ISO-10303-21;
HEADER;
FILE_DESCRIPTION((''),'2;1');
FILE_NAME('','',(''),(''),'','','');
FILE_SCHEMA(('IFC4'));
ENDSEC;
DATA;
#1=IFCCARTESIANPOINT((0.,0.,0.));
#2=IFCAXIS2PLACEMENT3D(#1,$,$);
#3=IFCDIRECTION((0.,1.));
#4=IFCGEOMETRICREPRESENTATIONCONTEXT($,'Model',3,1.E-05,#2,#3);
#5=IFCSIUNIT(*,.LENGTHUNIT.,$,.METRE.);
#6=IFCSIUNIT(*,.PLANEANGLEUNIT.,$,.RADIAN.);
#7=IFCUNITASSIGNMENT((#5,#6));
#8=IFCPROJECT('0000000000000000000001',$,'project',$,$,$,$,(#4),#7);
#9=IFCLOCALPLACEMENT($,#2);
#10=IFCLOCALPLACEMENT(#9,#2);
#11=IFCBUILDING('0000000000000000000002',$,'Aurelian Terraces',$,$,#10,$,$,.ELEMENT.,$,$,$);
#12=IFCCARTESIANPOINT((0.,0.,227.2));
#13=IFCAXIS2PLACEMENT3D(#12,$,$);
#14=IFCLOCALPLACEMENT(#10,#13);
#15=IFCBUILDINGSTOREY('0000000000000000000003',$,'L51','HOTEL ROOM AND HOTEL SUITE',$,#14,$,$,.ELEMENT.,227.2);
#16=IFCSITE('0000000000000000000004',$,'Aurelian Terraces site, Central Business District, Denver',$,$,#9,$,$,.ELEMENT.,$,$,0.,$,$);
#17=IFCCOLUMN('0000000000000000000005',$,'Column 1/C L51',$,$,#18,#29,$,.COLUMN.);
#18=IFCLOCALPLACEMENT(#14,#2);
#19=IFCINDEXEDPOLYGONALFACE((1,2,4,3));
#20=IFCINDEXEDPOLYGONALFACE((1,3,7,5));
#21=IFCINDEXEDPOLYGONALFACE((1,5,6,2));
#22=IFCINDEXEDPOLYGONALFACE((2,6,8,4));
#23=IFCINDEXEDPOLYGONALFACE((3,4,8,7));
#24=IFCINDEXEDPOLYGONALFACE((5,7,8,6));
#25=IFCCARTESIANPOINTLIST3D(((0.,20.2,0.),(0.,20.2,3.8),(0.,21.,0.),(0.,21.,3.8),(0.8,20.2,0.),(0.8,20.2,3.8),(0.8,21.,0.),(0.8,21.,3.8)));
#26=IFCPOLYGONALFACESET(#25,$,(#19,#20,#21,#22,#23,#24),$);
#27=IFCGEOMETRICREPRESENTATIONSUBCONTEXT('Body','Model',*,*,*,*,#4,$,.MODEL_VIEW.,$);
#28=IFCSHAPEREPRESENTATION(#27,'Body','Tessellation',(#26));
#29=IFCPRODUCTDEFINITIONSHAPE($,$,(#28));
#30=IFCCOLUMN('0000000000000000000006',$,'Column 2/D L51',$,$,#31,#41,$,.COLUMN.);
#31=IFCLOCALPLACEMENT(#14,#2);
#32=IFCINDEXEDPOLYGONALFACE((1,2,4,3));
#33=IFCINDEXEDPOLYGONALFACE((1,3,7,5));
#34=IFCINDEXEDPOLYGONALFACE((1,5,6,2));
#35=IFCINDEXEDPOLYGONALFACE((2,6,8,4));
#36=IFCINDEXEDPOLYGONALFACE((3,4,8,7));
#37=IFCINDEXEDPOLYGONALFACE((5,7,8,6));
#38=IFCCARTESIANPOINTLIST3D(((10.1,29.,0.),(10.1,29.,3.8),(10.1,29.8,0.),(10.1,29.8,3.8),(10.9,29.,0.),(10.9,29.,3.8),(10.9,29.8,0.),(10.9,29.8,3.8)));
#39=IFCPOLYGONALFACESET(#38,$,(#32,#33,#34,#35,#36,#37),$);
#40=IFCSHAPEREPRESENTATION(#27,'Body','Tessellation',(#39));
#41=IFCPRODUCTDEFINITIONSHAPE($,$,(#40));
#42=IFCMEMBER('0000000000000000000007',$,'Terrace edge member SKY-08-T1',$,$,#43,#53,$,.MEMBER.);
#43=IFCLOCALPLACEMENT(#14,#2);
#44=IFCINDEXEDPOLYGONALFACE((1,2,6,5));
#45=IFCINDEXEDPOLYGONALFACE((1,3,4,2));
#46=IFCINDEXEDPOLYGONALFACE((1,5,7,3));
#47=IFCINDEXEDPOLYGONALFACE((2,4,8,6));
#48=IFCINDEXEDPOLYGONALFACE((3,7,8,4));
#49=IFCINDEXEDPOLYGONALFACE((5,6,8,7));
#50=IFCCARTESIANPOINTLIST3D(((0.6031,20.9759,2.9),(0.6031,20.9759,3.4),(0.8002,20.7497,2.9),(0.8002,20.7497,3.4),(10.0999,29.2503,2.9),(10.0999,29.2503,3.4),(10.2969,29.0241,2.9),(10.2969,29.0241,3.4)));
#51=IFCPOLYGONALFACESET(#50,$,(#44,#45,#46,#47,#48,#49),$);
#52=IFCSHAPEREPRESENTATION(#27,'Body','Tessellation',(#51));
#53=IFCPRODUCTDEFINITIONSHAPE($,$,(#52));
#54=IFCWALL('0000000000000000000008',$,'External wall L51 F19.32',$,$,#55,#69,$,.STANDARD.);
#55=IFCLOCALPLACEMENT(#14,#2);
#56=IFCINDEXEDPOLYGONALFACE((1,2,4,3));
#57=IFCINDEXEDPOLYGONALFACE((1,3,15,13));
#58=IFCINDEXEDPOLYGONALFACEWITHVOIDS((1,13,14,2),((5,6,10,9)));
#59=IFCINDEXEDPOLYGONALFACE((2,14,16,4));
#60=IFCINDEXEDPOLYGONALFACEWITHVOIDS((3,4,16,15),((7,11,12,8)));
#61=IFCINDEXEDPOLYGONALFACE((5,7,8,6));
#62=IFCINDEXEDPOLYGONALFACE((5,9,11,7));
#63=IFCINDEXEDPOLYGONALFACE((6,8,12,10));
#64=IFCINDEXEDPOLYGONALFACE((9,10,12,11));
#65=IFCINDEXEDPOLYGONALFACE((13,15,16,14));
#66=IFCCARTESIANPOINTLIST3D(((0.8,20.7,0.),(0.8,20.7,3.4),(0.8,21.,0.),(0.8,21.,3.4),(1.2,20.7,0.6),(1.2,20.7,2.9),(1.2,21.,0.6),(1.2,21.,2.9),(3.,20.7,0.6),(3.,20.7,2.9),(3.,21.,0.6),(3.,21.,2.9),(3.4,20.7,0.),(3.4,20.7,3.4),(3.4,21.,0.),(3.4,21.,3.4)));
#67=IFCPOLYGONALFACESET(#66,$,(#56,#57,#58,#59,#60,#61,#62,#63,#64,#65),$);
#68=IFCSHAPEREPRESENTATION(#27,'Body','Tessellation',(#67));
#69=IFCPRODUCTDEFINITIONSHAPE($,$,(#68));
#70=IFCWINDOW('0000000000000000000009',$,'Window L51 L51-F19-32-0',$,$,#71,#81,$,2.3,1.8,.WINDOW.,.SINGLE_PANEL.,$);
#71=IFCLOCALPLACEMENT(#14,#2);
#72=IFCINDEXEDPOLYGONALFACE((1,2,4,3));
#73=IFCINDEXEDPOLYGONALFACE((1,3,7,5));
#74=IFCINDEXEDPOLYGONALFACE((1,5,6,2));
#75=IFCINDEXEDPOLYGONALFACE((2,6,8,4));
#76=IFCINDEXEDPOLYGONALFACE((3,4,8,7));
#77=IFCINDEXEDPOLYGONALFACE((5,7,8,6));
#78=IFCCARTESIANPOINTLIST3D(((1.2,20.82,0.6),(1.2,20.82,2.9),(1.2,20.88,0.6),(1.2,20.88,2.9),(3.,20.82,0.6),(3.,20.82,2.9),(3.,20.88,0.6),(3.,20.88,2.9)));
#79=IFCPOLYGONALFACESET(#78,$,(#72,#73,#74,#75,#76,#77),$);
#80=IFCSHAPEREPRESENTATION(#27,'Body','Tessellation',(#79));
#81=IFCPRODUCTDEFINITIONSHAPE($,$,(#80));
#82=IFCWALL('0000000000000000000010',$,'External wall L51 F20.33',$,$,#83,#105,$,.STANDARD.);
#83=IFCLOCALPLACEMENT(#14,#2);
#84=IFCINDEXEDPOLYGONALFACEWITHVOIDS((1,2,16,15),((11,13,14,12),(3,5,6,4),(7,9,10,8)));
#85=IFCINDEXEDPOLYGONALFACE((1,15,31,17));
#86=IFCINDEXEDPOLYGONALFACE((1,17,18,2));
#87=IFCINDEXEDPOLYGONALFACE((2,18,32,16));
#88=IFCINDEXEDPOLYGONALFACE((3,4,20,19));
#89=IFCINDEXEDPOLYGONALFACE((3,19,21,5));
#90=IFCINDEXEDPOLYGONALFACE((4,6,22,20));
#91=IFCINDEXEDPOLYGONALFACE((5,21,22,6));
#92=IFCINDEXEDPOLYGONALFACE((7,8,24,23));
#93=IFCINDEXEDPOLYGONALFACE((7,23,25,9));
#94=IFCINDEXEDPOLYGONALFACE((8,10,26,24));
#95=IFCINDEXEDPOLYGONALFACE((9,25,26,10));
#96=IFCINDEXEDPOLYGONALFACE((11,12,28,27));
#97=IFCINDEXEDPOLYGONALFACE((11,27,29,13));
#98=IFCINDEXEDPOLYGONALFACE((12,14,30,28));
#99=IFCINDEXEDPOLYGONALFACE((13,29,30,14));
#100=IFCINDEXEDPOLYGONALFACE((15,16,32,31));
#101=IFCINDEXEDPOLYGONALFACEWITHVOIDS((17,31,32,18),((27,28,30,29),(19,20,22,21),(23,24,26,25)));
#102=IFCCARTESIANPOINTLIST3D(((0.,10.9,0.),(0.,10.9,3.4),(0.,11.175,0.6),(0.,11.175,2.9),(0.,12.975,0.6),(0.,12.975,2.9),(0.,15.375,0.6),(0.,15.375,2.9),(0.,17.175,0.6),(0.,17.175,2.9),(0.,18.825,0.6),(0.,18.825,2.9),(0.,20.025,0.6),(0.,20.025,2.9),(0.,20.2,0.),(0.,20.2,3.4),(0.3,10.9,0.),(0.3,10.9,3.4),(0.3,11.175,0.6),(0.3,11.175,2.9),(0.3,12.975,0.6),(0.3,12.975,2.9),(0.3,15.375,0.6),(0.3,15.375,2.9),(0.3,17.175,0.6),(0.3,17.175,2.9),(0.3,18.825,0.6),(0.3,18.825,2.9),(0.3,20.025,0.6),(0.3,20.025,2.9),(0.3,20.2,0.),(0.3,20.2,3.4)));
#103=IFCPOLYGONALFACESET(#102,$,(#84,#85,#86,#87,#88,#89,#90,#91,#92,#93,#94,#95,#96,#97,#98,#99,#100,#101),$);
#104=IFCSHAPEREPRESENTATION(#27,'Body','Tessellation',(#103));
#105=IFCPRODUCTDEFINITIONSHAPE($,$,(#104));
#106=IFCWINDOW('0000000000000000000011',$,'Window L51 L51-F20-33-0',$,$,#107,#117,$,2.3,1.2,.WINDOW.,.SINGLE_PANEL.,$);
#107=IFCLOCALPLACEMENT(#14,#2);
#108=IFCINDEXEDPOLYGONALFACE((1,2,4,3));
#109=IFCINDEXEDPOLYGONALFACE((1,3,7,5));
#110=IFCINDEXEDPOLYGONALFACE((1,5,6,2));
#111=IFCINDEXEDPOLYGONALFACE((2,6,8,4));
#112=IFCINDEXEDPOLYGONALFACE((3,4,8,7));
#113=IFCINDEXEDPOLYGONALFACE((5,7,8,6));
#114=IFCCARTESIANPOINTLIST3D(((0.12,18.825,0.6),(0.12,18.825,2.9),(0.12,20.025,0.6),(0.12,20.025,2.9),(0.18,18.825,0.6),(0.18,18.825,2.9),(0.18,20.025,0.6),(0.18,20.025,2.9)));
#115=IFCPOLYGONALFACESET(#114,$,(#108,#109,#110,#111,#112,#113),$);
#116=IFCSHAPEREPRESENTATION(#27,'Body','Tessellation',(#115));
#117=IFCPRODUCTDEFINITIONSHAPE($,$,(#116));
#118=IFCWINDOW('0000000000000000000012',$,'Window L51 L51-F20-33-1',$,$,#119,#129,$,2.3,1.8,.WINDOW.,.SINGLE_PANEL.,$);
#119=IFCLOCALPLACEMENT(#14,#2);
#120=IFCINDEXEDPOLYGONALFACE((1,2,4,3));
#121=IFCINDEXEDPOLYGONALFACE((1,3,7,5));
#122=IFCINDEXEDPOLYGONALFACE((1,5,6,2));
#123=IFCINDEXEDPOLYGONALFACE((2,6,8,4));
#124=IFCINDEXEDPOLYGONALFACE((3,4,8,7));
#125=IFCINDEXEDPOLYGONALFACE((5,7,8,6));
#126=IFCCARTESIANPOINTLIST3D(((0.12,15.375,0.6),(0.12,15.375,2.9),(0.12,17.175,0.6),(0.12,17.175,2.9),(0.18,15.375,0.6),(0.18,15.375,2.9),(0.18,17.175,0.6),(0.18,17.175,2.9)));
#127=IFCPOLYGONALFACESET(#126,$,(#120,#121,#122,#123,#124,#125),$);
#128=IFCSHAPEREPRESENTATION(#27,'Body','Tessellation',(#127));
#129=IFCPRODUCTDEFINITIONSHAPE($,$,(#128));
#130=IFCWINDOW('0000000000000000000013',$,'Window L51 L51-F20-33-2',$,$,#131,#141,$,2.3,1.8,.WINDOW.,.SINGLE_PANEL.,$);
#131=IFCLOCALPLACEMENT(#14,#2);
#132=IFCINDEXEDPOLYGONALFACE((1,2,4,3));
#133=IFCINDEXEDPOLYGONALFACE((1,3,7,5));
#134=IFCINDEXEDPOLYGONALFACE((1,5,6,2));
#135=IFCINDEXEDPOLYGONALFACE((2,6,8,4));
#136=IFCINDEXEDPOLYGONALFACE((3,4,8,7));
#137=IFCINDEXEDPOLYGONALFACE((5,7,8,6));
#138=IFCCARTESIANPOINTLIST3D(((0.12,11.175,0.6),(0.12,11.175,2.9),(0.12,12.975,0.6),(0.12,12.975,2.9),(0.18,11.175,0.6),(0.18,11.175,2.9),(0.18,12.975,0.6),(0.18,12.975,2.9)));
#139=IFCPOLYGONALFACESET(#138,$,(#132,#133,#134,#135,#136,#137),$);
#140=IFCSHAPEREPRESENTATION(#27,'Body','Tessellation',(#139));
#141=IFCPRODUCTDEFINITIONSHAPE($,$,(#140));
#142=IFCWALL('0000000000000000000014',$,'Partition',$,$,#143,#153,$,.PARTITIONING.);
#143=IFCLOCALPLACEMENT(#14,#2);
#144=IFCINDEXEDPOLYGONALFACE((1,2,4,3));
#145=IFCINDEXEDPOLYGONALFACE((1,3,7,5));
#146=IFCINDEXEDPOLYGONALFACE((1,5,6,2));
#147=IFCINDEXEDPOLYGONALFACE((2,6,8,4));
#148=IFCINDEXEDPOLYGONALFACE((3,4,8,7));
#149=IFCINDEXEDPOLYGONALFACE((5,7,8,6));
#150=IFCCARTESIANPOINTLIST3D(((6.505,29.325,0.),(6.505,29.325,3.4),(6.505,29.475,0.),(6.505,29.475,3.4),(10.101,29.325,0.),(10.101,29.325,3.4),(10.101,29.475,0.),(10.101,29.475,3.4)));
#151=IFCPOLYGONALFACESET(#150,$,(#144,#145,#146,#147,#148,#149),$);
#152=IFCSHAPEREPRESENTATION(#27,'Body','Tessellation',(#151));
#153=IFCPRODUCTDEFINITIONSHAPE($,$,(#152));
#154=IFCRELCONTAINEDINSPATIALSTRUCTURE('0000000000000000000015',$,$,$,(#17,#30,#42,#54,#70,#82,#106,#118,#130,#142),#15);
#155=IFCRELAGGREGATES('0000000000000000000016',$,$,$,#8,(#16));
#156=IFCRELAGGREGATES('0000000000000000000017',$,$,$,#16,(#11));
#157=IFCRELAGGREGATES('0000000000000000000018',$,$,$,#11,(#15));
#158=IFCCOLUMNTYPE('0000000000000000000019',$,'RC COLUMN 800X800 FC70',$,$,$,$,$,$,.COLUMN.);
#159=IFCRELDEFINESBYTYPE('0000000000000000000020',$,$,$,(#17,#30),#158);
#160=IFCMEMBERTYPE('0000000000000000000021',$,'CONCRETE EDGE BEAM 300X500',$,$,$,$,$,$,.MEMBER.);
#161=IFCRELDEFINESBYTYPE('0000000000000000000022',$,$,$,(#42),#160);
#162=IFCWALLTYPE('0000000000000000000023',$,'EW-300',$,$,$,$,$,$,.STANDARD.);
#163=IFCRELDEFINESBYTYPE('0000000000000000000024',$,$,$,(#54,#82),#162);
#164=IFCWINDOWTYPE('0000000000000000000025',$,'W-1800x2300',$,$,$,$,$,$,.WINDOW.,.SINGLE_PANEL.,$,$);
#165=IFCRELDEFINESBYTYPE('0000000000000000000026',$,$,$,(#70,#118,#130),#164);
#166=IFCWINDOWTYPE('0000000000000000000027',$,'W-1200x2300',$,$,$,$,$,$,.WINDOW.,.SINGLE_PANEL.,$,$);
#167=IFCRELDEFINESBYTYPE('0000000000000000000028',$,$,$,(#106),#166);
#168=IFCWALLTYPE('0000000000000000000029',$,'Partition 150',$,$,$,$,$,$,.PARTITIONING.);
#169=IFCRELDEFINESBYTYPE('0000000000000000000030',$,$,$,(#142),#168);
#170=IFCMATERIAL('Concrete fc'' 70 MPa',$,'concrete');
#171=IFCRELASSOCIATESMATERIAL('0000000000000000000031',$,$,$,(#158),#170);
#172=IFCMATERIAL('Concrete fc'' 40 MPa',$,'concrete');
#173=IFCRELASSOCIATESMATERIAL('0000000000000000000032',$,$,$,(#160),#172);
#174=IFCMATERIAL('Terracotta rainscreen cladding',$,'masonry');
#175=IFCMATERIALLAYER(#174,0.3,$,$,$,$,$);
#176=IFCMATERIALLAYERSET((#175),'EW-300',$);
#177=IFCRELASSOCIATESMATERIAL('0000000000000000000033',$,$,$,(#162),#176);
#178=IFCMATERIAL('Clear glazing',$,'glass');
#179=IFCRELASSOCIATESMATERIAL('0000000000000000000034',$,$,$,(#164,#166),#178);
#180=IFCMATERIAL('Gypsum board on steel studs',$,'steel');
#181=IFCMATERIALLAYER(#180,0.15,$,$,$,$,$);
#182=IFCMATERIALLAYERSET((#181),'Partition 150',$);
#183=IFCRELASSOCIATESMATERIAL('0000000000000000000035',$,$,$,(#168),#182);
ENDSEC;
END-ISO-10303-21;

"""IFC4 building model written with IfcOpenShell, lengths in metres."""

from ifc_helpers import new_model, si_unit, direction, frame, frame_2d, origin, origin_2d, place, context, subcontext, project, spatial, rectangle, extrude, source, transform, mapped, material, layer, layer_set, material_profile, profile_set, type_object, element, fill, save


model = new_model("IFC4")

# Units and contexts
model_context = context("Model", 3, precision=1e-05, world=origin(), true_north=direction((0.0, 1.0)))
body_context = subcontext(model_context, "Body", "Model", "MODEL_VIEW")
ifc_project = project(units=[si_unit("LENGTHUNIT", "METRE"), si_unit("PLANEANGLEUNIT", "RADIAN")], contexts=[model_context])

# Site, building, storey
site_placement = place(None, origin())
site = spatial("IfcSite", under=ifc_project, at=site_placement, Name="Aurelian Terraces site, Central Business District, Denver", CompositionType="ELEMENT", RefElevation=0.0)
building_placement = place(site_placement, origin())
building = spatial("IfcBuilding", under=site, at=building_placement, Name="Aurelian Terraces", CompositionType="ELEMENT")
storey_placement = place(building_placement, frame((0.0, 0.0, 227.2)))
storey = spatial("IfcBuildingStorey", under=building, at=storey_placement, Name="L51", Description="HOTEL ROOM AND HOTEL SUITE", CompositionType="ELEMENT", Elevation=227.2)

# Columns
ifc_material_1 = material(Name="Concrete fc' 70 MPa", Category="concrete")
ifc_material_profile_1 = material_profile(ifc_material_1, rectangle(XDim=0.8, YDim=0.8, at=origin_2d()))
ifc_profile_set_1 = profile_set([ifc_material_profile_1], Name="Concrete fc' 70 MPa")
column_type = type_object("IfcColumnType", Name="RC COLUMN 800X800 FC70", PredefinedType="COLUMN", material=ifc_profile_set_1)
shared_shape_1 = source(origin(), body_context, "Body", "SweptSolid", [
    extrude(rectangle(XDim=0.8, YDim=0.8, at=origin_2d()), origin(), (0.0, 0.0, 1.0), 3.8),
])
for number, where, z_axis, x_axis, name in (
    (1, (0.4, 20.6, 0.0), (0.0, 0.0, 1.0), (1.0, 0.0, 0.0), "Column 1/C L51"),
    (2, (10.5, 29.4, 0.0), (0.0, 0.0, 1.0), (1.0, 0.0, 0.0), "Column 2/D L51"),
):
    element("IfcColumn", number, at=place(storey_placement, frame(where, z_axis=z_axis, x_axis=x_axis)), inside=storey, type_object=column_type, Name=name, PredefinedType="COLUMN", context=body_context, shape_type="MappedRepresentation", body=[
        mapped(shared_shape_1, transform((0.0, 0.0, 0.0), scale=1.0)),
    ])

# Member
ifc_material_2 = material(Name="Concrete fc' 40 MPa", Category="concrete")
ifc_material_profile_2 = material_profile(ifc_material_2, rectangle(XDim=0.3, YDim=0.5, at=origin_2d()))
ifc_profile_set_2 = profile_set([ifc_material_profile_2], Name="Concrete fc' 40 MPa")
member_type = type_object("IfcMemberType", Name="CONCRETE EDGE BEAM 300X500", PredefinedType="MEMBER", material=ifc_profile_set_2)
member_placement = place(storey_placement, frame((10.1984, 29.1372, 3.15), z_axis=(-0.753964, -0.656916, 0.0), x_axis=(0.656916, -0.753964, 0.0)))
element("IfcMember", 3, at=member_placement, inside=storey, type_object=member_type, Name="Terrace edge member SKY-08-T1", PredefinedType="MEMBER", context=body_context, shape_type="SweptSolid", body=[
    extrude(rectangle(XDim=0.3, YDim=0.5, at=origin_2d()), origin(), (0.0, 0.0, 1.0), 12.5958),
])

# Wall, opening, window
ifc_material_3 = material(Name="Terracotta rainscreen cladding", Category="masonry")
ifc_layer_1 = layer(ifc_material_3, 0.3)
ifc_layer_set_1 = layer_set([ifc_layer_1], Name="EW-300")
wall_type_1 = type_object("IfcWallType", Name="EW-300", PredefinedType="STANDARD", material=ifc_layer_set_1)
wall_1_placement = place(storey_placement, frame((3.4, 20.85, 0.0), z_axis=(0.0, 0.0, 1.0), x_axis=(-1.0, 0.0, 0.0)))
wall_1 = element("IfcWall", 4, at=wall_1_placement, inside=storey, type_object=wall_type_1, Name="External wall L51 F19.32", PredefinedType="STANDARD", context=body_context, shape_type="SweptSolid", body=[
    extrude(rectangle(XDim=2.6, YDim=0.3, at=frame_2d((1.3, 0.0))), origin(), (0.0, 0.0, 1.0), 3.4),
])
shared_shape_2 = source(origin(), body_context, "Body", "SweptSolid", [
    extrude(rectangle(XDim=1.8, YDim=2.3, at=frame_2d((0.9, 1.15))), frame((0.0, 0.16, 0.0), z_axis=(0.0, -1.0, 0.0), x_axis=(1.0, 0.0, 0.0)), (0.0, 0.0, 1.0), 0.32),
])
opening_1_placement = place(wall_1_placement, frame((0.4, 0.0, 0.6)))
opening_1 = element("IfcOpeningElement", 5, at=opening_1_placement, cuts=wall_1, PredefinedType="OPENING", context=body_context, shape_type="MappedRepresentation", body=[
    mapped(shared_shape_2, transform((0.0, 0.0, 0.0), scale=1.0)),
])
ifc_material_4 = material(Name="Clear glazing", Category="glass")
window_type_1 = type_object("IfcWindowType", Name="W-1800x2300", PartitioningType="SINGLE_PANEL", PredefinedType="WINDOW", material=ifc_material_4)
shared_shape_3 = source(origin(), body_context, "Body", "SweptSolid", [
    extrude(rectangle(XDim=1.8, YDim=2.3, at=frame_2d((0.9, 1.15))), frame((0.0, 0.03, 0.0), z_axis=(0.0, -1.0, 0.0), x_axis=(1.0, 0.0, 0.0)), (0.0, 0.0, 1.0), 0.06),
])
window_1_placement = place(opening_1_placement, origin())
window_1 = element("IfcWindow", 6, at=window_1_placement, inside=storey, type_object=window_type_1, Name="Window L51 L51-F19-32-0", OverallHeight=2.3, OverallWidth=1.8, PartitioningType="SINGLE_PANEL", PredefinedType="WINDOW", context=body_context, shape_type="MappedRepresentation", body=[
    mapped(shared_shape_3, transform((0.0, 0.0, 0.0), scale=1.0)),
])
fill(opening_1, window_1)

# Wall, openings, windows
wall_2_placement = place(storey_placement, frame((0.15, 20.2, 0.0), z_axis=(0.0, 0.0, 1.0), x_axis=(0.0, -1.0, 0.0)))
wall_2 = element("IfcWall", 7, at=wall_2_placement, inside=storey, type_object=wall_type_1, Name="External wall L51 F20.33", PredefinedType="STANDARD", context=body_context, shape_type="SweptSolid", body=[
    extrude(rectangle(XDim=9.3, YDim=0.3, at=frame_2d((4.65, 0.0))), origin(), (0.0, 0.0, 1.0), 3.4),
])
shared_shape_4 = source(origin(), body_context, "Body", "SweptSolid", [
    extrude(rectangle(XDim=1.2, YDim=2.3, at=frame_2d((0.6, 1.15))), frame((0.0, 0.16, 0.0), z_axis=(0.0, -1.0, 0.0), x_axis=(1.0, 0.0, 0.0)), (0.0, 0.0, 1.0), 0.32),
])
opening_2_placement = place(wall_2_placement, frame((0.175, 0.0, 0.6)))
opening_2 = element("IfcOpeningElement", 8, at=opening_2_placement, cuts=wall_2, PredefinedType="OPENING", context=body_context, shape_type="MappedRepresentation", body=[
    mapped(shared_shape_4, transform((0.0, 0.0, 0.0), scale=1.0)),
])
opening_3_placement = place(wall_2_placement, frame((3.025, 0.0, 0.6)))
opening_3 = element("IfcOpeningElement", 9, at=opening_3_placement, cuts=wall_2, PredefinedType="OPENING", context=body_context, shape_type="MappedRepresentation", body=[
    mapped(shared_shape_2, transform((0.0, 0.0, 0.0), scale=1.0)),
])
opening_4_placement = place(wall_2_placement, frame((7.225, 0.0, 0.6)))
opening_4 = element("IfcOpeningElement", 10, at=opening_4_placement, cuts=wall_2, PredefinedType="OPENING", context=body_context, shape_type="MappedRepresentation", body=[
    mapped(shared_shape_2, transform((0.0, 0.0, 0.0), scale=1.0)),
])
window_type_2 = type_object("IfcWindowType", Name="W-1200x2300", PartitioningType="SINGLE_PANEL", PredefinedType="WINDOW", material=ifc_material_4)
shared_shape_5 = source(origin(), body_context, "Body", "SweptSolid", [
    extrude(rectangle(XDim=1.2, YDim=2.3, at=frame_2d((0.6, 1.15))), frame((0.0, 0.03, 0.0), z_axis=(0.0, -1.0, 0.0), x_axis=(1.0, 0.0, 0.0)), (0.0, 0.0, 1.0), 0.06),
])
window_2_placement = place(opening_2_placement, origin())
window_2 = element("IfcWindow", 11, at=window_2_placement, inside=storey, type_object=window_type_2, Name="Window L51 L51-F20-33-0", OverallHeight=2.3, OverallWidth=1.2, PartitioningType="SINGLE_PANEL", PredefinedType="WINDOW", context=body_context, shape_type="MappedRepresentation", body=[
    mapped(shared_shape_5, transform((0.0, 0.0, 0.0), scale=1.0)),
])
fill(opening_2, window_2)
window_3_placement = place(opening_3_placement, origin())
window_3 = element("IfcWindow", 12, at=window_3_placement, inside=storey, type_object=window_type_1, Name="Window L51 L51-F20-33-1", OverallHeight=2.3, OverallWidth=1.8, PartitioningType="SINGLE_PANEL", PredefinedType="WINDOW", context=body_context, shape_type="MappedRepresentation", body=[
    mapped(shared_shape_3, transform((0.0, 0.0, 0.0), scale=1.0)),
])
fill(opening_3, window_3)
window_4_placement = place(opening_4_placement, origin())
window_4 = element("IfcWindow", 13, at=window_4_placement, inside=storey, type_object=window_type_1, Name="Window L51 L51-F20-33-2", OverallHeight=2.3, OverallWidth=1.8, PartitioningType="SINGLE_PANEL", PredefinedType="WINDOW", context=body_context, shape_type="MappedRepresentation", body=[
    mapped(shared_shape_3, transform((0.0, 0.0, 0.0), scale=1.0)),
])
fill(opening_4, window_4)

# Wall
ifc_material_5 = material(Name="Gypsum board on steel studs", Category="steel")
ifc_layer_2 = layer(ifc_material_5, 0.15)
ifc_layer_set_2 = layer_set([ifc_layer_2], Name="Partition 150")
wall_type_2 = type_object("IfcWallType", Name="Partition 150", PredefinedType="PARTITIONING", material=ifc_layer_set_2)
wall_3_placement = place(storey_placement, frame((10.101, 29.4, 0.0), z_axis=(0.0, 0.0, 1.0), x_axis=(-1.0, 0.0, 0.0)))
element("IfcWall", 14, at=wall_3_placement, inside=storey, type_object=wall_type_2, Name="Partition", PredefinedType="PARTITIONING", context=body_context, shape_type="SweptSolid", body=[
    extrude(rectangle(XDim=3.596, YDim=0.15, at=frame_2d((1.798, 0.0))), origin(), (0.0, 0.0, 1.0), 3.4),
])

save(model, "model.ifc")
